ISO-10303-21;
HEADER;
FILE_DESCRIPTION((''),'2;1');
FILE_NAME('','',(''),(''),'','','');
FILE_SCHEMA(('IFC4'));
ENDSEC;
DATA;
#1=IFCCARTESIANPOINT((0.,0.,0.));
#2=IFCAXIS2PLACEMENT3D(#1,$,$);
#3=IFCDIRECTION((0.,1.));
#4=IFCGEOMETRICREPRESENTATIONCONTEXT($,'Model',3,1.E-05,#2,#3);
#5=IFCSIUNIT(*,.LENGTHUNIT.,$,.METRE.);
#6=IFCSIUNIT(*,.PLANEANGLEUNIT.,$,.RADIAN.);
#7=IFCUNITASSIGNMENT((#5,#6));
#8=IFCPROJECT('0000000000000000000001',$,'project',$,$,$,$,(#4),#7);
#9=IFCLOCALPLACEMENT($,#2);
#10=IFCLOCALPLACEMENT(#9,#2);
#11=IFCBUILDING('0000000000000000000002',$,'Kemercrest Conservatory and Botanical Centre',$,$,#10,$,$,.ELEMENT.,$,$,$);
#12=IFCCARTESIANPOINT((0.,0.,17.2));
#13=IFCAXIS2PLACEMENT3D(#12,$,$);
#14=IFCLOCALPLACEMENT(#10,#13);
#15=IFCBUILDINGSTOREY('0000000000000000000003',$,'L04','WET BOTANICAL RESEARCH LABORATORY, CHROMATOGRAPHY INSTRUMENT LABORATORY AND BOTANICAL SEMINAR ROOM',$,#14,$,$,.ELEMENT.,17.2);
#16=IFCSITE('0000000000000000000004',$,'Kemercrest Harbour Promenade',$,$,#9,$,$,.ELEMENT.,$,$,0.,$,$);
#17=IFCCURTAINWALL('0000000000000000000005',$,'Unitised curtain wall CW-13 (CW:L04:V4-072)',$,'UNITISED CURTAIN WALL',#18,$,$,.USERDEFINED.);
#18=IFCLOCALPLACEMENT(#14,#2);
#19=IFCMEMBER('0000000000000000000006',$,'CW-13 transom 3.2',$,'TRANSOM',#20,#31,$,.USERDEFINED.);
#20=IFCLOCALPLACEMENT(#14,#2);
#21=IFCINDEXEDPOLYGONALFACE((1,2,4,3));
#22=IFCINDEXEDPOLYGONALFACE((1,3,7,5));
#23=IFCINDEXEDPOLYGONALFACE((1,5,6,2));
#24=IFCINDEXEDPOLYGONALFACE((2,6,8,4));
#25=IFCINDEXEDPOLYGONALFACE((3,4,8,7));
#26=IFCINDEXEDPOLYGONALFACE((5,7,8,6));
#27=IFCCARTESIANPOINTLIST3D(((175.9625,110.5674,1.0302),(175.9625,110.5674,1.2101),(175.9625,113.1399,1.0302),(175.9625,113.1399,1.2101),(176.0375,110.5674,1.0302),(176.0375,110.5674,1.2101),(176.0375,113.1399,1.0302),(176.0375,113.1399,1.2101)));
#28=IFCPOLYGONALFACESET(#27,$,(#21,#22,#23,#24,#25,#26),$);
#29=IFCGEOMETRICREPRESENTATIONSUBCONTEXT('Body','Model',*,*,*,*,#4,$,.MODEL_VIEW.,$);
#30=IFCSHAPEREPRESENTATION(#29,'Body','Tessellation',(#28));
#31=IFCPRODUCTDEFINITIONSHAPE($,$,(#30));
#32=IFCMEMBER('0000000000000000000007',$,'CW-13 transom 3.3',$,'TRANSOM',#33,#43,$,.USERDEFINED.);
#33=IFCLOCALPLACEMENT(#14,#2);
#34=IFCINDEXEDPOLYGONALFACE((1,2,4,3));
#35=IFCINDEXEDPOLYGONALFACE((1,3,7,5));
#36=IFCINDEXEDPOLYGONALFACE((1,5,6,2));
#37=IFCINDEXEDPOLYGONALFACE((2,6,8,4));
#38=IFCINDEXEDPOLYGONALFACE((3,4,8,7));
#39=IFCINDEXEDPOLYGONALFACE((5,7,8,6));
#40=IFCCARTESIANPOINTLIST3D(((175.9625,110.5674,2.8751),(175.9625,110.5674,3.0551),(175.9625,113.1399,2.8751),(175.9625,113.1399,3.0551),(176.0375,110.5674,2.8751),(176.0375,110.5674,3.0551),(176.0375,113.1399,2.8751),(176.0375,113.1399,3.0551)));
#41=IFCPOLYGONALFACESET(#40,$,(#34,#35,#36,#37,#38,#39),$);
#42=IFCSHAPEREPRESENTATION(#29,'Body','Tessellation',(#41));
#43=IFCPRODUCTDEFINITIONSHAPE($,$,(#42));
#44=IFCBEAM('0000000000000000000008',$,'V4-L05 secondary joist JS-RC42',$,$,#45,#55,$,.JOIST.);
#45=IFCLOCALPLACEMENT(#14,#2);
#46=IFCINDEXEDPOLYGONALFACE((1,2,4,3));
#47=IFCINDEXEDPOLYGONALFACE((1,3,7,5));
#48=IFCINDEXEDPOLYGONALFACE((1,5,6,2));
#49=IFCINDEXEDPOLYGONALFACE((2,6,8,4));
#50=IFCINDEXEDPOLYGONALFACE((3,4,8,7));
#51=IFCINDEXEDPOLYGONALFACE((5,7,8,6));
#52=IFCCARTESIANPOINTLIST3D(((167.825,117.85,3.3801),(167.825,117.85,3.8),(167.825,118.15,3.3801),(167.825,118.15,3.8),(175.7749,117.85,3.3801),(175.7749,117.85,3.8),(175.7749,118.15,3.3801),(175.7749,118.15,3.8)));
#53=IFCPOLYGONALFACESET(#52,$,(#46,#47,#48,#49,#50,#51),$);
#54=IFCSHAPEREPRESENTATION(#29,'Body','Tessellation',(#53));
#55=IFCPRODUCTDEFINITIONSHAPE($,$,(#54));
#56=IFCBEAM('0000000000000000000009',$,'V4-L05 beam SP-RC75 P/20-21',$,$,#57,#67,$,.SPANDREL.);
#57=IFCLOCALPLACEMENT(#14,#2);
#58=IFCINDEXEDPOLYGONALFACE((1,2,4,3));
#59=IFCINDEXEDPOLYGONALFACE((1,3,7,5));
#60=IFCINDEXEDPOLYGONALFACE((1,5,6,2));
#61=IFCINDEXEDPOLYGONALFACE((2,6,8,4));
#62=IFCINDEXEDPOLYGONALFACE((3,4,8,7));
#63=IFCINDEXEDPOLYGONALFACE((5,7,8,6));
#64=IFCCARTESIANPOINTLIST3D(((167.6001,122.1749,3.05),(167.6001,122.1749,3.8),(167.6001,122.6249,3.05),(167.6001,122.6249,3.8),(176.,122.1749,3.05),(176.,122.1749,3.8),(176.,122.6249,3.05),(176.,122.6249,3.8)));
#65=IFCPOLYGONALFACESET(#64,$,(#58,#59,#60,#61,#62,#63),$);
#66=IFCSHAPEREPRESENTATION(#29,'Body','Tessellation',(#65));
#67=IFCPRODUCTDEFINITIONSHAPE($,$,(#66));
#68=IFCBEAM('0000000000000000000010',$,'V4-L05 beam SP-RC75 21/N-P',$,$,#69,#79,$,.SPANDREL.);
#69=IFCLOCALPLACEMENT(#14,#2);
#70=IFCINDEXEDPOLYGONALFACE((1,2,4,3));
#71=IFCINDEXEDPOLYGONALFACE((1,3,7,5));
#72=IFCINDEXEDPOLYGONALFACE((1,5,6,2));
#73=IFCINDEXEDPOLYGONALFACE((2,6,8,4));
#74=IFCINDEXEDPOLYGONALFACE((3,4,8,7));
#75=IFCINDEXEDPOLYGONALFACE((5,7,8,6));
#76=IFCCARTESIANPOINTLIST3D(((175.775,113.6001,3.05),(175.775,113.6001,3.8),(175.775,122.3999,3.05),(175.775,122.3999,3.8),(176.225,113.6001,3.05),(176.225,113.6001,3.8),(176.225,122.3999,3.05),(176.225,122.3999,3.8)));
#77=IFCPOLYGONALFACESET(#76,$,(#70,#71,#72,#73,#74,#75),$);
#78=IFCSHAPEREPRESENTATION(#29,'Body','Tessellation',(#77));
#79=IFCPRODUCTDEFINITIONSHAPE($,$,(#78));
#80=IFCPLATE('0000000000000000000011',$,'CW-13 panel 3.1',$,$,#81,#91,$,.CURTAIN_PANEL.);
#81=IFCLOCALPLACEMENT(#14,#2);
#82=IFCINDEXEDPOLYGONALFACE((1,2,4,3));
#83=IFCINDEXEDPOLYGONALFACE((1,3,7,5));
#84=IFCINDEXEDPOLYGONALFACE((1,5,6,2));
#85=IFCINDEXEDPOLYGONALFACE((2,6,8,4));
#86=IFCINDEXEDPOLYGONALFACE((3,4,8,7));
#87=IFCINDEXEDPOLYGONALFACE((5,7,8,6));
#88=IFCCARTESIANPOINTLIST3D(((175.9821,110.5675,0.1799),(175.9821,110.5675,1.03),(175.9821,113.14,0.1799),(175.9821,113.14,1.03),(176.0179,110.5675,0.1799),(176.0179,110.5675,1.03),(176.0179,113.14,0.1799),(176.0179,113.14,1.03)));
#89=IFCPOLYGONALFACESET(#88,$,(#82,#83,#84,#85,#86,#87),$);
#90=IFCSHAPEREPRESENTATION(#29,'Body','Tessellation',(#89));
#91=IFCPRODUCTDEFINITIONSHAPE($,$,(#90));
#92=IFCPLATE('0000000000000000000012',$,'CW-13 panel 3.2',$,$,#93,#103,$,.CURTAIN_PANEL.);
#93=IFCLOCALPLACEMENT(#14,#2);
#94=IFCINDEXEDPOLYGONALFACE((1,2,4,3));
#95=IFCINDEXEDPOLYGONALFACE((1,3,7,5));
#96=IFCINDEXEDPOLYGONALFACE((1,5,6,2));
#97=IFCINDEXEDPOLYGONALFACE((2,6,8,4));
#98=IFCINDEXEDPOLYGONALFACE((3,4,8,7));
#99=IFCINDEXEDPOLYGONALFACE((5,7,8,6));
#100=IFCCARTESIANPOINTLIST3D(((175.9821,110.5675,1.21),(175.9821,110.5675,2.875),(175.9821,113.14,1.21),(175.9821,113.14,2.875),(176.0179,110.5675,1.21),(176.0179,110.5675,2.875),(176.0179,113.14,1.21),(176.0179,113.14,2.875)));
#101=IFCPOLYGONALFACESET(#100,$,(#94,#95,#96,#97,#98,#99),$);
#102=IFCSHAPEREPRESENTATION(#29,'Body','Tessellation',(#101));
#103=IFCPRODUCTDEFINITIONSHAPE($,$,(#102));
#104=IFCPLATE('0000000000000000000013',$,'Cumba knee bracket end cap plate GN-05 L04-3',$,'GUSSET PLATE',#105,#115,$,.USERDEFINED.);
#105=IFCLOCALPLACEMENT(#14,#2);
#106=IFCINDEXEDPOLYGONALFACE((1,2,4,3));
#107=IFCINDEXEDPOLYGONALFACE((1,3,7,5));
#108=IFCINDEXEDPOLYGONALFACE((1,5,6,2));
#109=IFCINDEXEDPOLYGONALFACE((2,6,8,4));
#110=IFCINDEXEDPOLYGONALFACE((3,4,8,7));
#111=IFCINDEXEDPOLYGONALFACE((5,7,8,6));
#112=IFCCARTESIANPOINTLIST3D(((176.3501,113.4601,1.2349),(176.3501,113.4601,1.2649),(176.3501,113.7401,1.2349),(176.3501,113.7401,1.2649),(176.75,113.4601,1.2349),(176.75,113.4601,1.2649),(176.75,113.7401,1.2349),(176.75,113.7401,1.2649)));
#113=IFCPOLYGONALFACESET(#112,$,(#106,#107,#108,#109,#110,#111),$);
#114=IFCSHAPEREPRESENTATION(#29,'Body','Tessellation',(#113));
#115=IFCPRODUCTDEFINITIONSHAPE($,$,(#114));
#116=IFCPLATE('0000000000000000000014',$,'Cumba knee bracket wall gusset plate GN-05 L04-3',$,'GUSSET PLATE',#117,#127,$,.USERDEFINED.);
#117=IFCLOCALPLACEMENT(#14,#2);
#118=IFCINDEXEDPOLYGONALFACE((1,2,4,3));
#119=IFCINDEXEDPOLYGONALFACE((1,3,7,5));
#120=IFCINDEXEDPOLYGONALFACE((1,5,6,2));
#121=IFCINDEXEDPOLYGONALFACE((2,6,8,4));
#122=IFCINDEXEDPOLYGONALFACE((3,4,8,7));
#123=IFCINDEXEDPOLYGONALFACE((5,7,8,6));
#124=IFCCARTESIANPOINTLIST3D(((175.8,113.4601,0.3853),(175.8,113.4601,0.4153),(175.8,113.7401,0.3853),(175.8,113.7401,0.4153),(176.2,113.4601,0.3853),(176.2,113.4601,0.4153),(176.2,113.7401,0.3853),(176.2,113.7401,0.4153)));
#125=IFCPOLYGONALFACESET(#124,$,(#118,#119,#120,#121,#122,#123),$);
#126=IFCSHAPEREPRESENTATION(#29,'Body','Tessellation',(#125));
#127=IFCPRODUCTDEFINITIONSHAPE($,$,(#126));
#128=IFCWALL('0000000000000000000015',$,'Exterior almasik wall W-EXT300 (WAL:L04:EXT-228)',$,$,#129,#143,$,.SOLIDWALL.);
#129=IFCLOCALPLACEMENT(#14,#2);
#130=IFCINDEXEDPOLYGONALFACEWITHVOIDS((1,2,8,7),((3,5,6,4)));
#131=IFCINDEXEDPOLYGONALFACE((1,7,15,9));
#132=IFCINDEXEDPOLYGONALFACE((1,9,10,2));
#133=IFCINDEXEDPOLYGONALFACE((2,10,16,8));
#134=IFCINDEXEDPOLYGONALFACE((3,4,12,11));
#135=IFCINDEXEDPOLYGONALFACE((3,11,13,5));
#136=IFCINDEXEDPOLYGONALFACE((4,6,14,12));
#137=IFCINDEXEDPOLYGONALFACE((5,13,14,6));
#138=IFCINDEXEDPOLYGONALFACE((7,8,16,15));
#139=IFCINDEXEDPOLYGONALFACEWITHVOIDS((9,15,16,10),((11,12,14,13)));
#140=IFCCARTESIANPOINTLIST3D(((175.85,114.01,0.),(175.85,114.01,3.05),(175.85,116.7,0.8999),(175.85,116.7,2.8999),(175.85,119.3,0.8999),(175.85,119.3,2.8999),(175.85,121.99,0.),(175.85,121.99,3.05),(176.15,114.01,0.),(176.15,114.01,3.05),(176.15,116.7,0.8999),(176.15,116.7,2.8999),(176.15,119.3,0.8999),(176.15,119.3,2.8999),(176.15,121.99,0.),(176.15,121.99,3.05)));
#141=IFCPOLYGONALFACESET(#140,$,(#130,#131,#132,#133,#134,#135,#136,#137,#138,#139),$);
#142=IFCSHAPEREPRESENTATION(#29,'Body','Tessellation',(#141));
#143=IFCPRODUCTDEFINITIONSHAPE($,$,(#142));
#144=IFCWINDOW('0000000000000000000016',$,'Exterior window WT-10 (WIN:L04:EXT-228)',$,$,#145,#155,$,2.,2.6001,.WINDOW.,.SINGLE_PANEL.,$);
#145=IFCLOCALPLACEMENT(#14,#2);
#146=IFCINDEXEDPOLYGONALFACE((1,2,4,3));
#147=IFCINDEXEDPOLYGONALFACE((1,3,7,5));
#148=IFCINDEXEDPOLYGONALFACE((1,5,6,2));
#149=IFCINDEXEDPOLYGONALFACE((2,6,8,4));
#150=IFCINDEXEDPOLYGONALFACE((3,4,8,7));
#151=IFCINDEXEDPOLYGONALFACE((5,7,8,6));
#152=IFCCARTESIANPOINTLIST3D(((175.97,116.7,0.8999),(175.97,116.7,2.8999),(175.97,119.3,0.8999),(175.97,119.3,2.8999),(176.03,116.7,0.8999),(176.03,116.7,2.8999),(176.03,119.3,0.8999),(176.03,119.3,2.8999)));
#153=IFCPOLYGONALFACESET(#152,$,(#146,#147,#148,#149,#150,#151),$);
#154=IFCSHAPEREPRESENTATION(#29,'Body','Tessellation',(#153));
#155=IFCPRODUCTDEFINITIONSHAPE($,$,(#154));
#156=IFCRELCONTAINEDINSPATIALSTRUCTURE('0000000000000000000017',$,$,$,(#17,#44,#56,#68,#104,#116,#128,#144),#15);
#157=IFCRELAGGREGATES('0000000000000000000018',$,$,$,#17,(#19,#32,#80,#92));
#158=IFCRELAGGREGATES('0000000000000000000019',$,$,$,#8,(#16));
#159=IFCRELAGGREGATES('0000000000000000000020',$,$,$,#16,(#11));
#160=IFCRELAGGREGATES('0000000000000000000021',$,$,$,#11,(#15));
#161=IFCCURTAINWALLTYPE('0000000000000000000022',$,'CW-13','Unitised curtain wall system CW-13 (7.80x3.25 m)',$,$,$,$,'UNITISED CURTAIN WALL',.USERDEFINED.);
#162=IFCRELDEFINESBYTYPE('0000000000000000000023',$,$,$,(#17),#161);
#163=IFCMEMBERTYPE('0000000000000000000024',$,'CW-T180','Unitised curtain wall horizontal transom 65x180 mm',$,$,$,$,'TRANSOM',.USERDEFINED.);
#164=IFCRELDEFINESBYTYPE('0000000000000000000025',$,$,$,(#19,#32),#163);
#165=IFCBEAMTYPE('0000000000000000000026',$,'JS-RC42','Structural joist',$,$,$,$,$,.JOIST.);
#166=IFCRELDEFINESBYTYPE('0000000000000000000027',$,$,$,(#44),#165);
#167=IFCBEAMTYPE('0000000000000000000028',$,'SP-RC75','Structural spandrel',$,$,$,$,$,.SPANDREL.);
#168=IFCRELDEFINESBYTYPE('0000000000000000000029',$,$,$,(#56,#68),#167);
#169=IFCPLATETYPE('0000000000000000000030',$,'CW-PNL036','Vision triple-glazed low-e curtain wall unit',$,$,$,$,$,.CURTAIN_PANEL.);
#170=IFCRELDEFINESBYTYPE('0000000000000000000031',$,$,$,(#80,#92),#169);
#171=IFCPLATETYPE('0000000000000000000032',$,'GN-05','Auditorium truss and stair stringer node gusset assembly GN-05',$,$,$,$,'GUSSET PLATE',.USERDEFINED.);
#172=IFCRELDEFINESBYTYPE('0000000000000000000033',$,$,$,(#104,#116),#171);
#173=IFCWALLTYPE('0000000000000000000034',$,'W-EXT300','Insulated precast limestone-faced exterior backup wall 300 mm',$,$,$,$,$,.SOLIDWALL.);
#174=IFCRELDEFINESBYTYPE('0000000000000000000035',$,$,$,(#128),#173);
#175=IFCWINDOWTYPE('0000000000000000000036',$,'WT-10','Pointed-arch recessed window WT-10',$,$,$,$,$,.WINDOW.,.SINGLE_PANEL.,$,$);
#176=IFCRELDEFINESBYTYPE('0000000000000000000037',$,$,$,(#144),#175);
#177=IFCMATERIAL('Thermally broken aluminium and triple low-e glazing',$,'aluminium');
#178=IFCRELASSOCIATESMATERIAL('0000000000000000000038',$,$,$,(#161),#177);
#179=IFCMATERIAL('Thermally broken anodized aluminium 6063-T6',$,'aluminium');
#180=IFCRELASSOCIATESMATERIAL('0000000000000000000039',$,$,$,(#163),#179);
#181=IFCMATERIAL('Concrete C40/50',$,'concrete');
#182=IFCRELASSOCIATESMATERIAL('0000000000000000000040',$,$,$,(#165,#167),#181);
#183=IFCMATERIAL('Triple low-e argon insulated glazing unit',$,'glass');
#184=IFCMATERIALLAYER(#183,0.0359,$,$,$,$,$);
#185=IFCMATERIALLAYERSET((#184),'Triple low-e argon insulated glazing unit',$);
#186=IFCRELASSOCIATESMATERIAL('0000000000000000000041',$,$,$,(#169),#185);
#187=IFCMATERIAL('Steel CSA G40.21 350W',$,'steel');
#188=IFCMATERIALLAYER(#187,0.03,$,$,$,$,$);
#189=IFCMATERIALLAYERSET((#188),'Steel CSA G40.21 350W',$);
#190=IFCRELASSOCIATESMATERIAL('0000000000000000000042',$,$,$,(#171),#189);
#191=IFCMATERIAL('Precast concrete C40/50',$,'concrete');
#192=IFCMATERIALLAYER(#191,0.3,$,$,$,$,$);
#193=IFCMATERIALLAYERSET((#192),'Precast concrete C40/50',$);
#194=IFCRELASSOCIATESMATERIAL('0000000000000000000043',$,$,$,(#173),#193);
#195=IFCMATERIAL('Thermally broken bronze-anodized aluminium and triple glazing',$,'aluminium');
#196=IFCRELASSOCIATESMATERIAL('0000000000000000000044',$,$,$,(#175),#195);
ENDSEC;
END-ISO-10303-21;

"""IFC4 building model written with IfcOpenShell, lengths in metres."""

from ifc_helpers import new_model, si_unit, direction, frame, frame_2d, origin, origin_2d, place, context, subcontext, project, spatial, rectangle, extrude, material, layer, layer_set, material_profile, profile_set, type_object, element, fill, aggregate, save


model = new_model("IFC4")

# Units and contexts
model_context = context("Model", 3, precision=1e-05, world=origin(), true_north=direction((0.0, 1.0)))
body_context = subcontext(model_context, "Body", "Model", "MODEL_VIEW")
ifc_project = project(units=[si_unit("LENGTHUNIT", "METRE"), si_unit("PLANEANGLEUNIT", "RADIAN")], contexts=[model_context])

# Site, building, storey
site_placement = place(None, origin())
site = spatial("IfcSite", under=ifc_project, at=site_placement, Name="Kemercrest Harbour Promenade", CompositionType="ELEMENT", RefElevation=0.0)
building_placement = place(site_placement, origin())
building = spatial("IfcBuilding", under=site, at=building_placement, Name="Kemercrest Conservatory and Botanical Centre", CompositionType="ELEMENT")
storey_placement = place(building_placement, frame((0.0, 0.0, 17.2)))
storey = spatial("IfcBuildingStorey", under=building, at=storey_placement, Name="L04", Description="WET BOTANICAL RESEARCH LABORATORY, CHROMATOGRAPHY INSTRUMENT LABORATORY AND BOTANICAL SEMINAR ROOM", CompositionType="ELEMENT", Elevation=17.2)

# Shared definitions
ifc_material_1 = material(Name="Concrete C40/50", Category="concrete")

# Shared definitions
ifc_material_2 = material(Name="Steel CSA G40.21 350W", Category="steel")

# Curtain wall, members
ifc_material_3 = material(Name="Thermally broken aluminium and triple low-e glazing", Category="aluminium")
curtain_wall_type = type_object("IfcCurtainWallType", Name="CW-13", Description="Unitised curtain wall system CW-13 (7.80x3.25 m)", ElementType="UNITISED CURTAIN WALL", PredefinedType="USERDEFINED", material=ifc_material_3)
curtain_wall_placement = place(storey_placement, origin())
curtain_wall = element("IfcCurtainWall", 1, at=curtain_wall_placement, inside=storey, type_object=curtain_wall_type, Name="Unitised curtain wall CW-13 (CW:L04:V4-072)", ObjectType="UNITISED CURTAIN WALL", PredefinedType="USERDEFINED")
ifc_material_4 = material(Name="Thermally broken anodized aluminium 6063-T6", Category="aluminium")
ifc_material_profile_1 = material_profile(ifc_material_4, rectangle(XDim=0.075, YDim=0.1799, at=origin_2d()), Name="AL TRANSOM 75x180")
ifc_profile_set_1 = profile_set([ifc_material_profile_1], Name="Thermally broken anodized aluminium 6063-T6")
member_type_1 = type_object("IfcMemberType", Name="CW-T180", Description="Unitised curtain wall horizontal transom 65x180 mm", ElementType="TRANSOM", PredefinedType="USERDEFINED", material=ifc_profile_set_1)
member_1_placement = place(storey_placement, frame((176.0, 110.5674, 1.1201), z_axis=(0.0, 1.0, 0.0), x_axis=(-1.0, 0.0, 0.0)))
member_1 = element("IfcMember", 2, at=member_1_placement, type_object=member_type_1, Name="CW-13 transom 3.2", ObjectType="TRANSOM", PredefinedType="USERDEFINED", context=body_context, shape_type="SweptSolid", body=[
    extrude(rectangle(XDim=0.075, YDim=0.1799, at=origin_2d()), origin(), (0.0, 0.0, 1.0), 2.5725),
])
member_2_placement = place(storey_placement, frame((176.0, 110.5674, 2.9651), z_axis=(0.0, 1.0, 0.0), x_axis=(-1.0, 0.0, 0.0)))
member_2 = element("IfcMember", 3, at=member_2_placement, type_object=member_type_1, Name="CW-13 transom 3.3", ObjectType="TRANSOM", PredefinedType="USERDEFINED", context=body_context, shape_type="SweptSolid", body=[
    extrude(rectangle(XDim=0.075, YDim=0.1799, at=origin_2d()), origin(), (0.0, 0.0, 1.0), 2.5725),
])

# Beams
ifc_material_profile_2 = material_profile(ifc_material_1, rectangle(XDim=0.3, YDim=0.4199, at=origin_2d()), Name="RC 300x420")
ifc_profile_set_2 = profile_set([ifc_material_profile_2], Name="Concrete C40/50")
beam_type_1 = type_object("IfcBeamType", Name="JS-RC42", Description="Structural joist", PredefinedType="JOIST", material=ifc_profile_set_2)
beam_1_placement = place(storey_placement, frame((167.825, 118.0, 3.5901), z_axis=(1.0, 0.0, 0.0), x_axis=(0.0, 1.0, 0.0)))
element("IfcBeam", 4, at=beam_1_placement, inside=storey, type_object=beam_type_1, Name="V4-L05 secondary joist JS-RC42", PredefinedType="JOIST", context=body_context, shape_type="SweptSolid", body=[
    extrude(rectangle(XDim=0.3, YDim=0.4199, at=origin_2d()), origin(), (0.0, 0.0, 1.0), 7.95),
])
ifc_material_profile_3 = material_profile(ifc_material_1, rectangle(XDim=0.45, YDim=0.75, at=origin_2d()), Name="RC 450x750")
ifc_profile_set_3 = profile_set([ifc_material_profile_3], Name="Concrete C40/50")
beam_type_2 = type_object("IfcBeamType", Name="SP-RC75", Description="Structural spandrel", PredefinedType="SPANDREL", material=ifc_profile_set_3)
beam_2_placement = place(storey_placement, frame((167.6001, 122.3999, 3.425), z_axis=(1.0, 0.0, 0.0), x_axis=(0.0, 1.0, 0.0)))
element("IfcBeam", 5, at=beam_2_placement, inside=storey, type_object=beam_type_2, Name="V4-L05 beam SP-RC75 P/20-21", PredefinedType="SPANDREL", context=body_context, shape_type="SweptSolid", body=[
    extrude(rectangle(XDim=0.45, YDim=0.75, at=origin_2d()), origin(), (0.0, 0.0, 1.0), 8.3999),
])
beam_3_placement = place(storey_placement, frame((176.0, 113.6001, 3.425), z_axis=(0.0, 1.0, 0.0), x_axis=(-1.0, 0.0, 0.0)))
element("IfcBeam", 6, at=beam_3_placement, inside=storey, type_object=beam_type_2, Name="V4-L05 beam SP-RC75 21/N-P", PredefinedType="SPANDREL", context=body_context, shape_type="SweptSolid", body=[
    extrude(rectangle(XDim=0.45, YDim=0.75, at=origin_2d()), origin(), (0.0, 0.0, 1.0), 8.7998),
])

# Plates
ifc_material_5 = material(Name="Triple low-e argon insulated glazing unit", Category="glass")
ifc_layer_1 = layer(ifc_material_5, 0.0359)
ifc_layer_set_1 = layer_set([ifc_layer_1], Name="Triple low-e argon insulated glazing unit")
plate_type_1 = type_object("IfcPlateType", Name="CW-PNL036", Description="Vision triple-glazed low-e curtain wall unit", PredefinedType="CURTAIN_PANEL", material=ifc_layer_set_1)
plate_1_placement = place(storey_placement, frame((176.0, 111.8538, 0.1799), z_axis=(0.0, 0.0, 1.0), x_axis=(0.0, 1.0, 0.0)))
plate_1 = element("IfcPlate", 7, at=plate_1_placement, type_object=plate_type_1, Name="CW-13 panel 3.1", PredefinedType="CURTAIN_PANEL", context=body_context, shape_type="SweptSolid", body=[
    extrude(rectangle(XDim=2.5725, YDim=0.0359, at=origin_2d()), origin(), (0.0, 0.0, 1.0), 0.8501),
])
plate_2_placement = place(storey_placement, frame((176.0, 111.8538, 1.21), z_axis=(0.0, 0.0, 1.0), x_axis=(0.0, 1.0, 0.0)))
plate_2 = element("IfcPlate", 8, at=plate_2_placement, type_object=plate_type_1, Name="CW-13 panel 3.2", PredefinedType="CURTAIN_PANEL", context=body_context, shape_type="SweptSolid", body=[
    extrude(rectangle(XDim=2.5725, YDim=0.0359, at=origin_2d()), origin(), (0.0, 0.0, 1.0), 1.665),
])
aggregate(curtain_wall, [member_1, member_2, plate_1, plate_2])

# Plates
ifc_layer_2 = layer(ifc_material_2, 0.03)
ifc_layer_set_2 = layer_set([ifc_layer_2], Name="Steel CSA G40.21 350W")
plate_type_2 = type_object("IfcPlateType", Name="GN-05", Description="Auditorium truss and stair stringer node gusset assembly GN-05", ElementType="GUSSET PLATE", PredefinedType="USERDEFINED", material=ifc_layer_set_2)
for number, where, z_axis, x_axis, name in (
    (9, (176.55, 113.6001, 1.2349), (0.0, 0.0, 1.0), (1.0, 0.0, 0.0), "Cumba knee bracket end cap plate GN-05 L04-3"),
    (10, (176.0, 113.6001, 0.3853), (0.0, 0.0, 1.0), (1.0, 0.0, 0.0), "Cumba knee bracket wall gusset plate GN-05 L04-3"),
):
    element("IfcPlate", number, at=place(storey_placement, frame(where, z_axis=z_axis, x_axis=x_axis)), inside=storey, type_object=plate_type_2, Name=name, ObjectType="GUSSET PLATE", PredefinedType="USERDEFINED", context=body_context, shape_type="SweptSolid", body=[
        extrude(rectangle(XDim=0.3999, YDim=0.28, at=origin_2d()), origin(), (0.0, 0.0, 1.0), 0.03),
    ])

# Wall, opening, window
ifc_material_6 = material(Name="Precast concrete C40/50", Category="concrete")
ifc_layer_3 = layer(ifc_material_6, 0.3)
ifc_layer_set_3 = layer_set([ifc_layer_3], Name="Precast concrete C40/50")
wall_type_1 = type_object("IfcWallType", Name="W-EXT300", Description="Insulated precast limestone-faced exterior backup wall 300 mm", PredefinedType="SOLIDWALL", material=ifc_layer_set_3)
wall_1_placement = place(storey_placement, frame((176.0, 114.01, 0.0), z_axis=(0.0, 0.0, 1.0), x_axis=(0.0, 1.0, 0.0)))
wall_1 = element("IfcWall", 11, at=wall_1_placement, inside=storey, type_object=wall_type_1, Name="Exterior almasik wall W-EXT300 (WAL:L04:EXT-228)", PredefinedType="SOLIDWALL", context=body_context, shape_type="SweptSolid", body=[
    extrude(rectangle(XDim=7.98, YDim=0.3, at=frame_2d((3.99, 0.0))), origin(), (0.0, 0.0, 1.0), 3.05),
])
opening_1_placement = place(wall_1_placement, frame((2.6899, 0.0, 0.8999)))
opening_1 = element("IfcOpeningElement", 12, at=opening_1_placement, cuts=wall_1, PredefinedType="OPENING", context=body_context, shape_type="SweptSolid", body=[
    extrude(rectangle(XDim=2.6001, YDim=2.0, at=frame_2d((1.3, 1.0))), frame((0.0, 0.1602, 0.0), z_axis=(0.0, -1.0, 0.0), x_axis=(1.0, 0.0, 0.0)), (0.0, 0.0, 1.0), 0.3201),
])
ifc_material_7 = material(Name="Thermally broken bronze-anodized aluminium and triple glazing", Category="aluminium")
window_type = type_object("IfcWindowType", Name="WT-10", Description="Pointed-arch recessed window WT-10", PartitioningType="SINGLE_PANEL", PredefinedType="WINDOW", material=ifc_material_7)
window_1_placement = place(opening_1_placement, origin())
window_1 = element("IfcWindow", 13, at=window_1_placement, inside=storey, type_object=window_type, Name="Exterior window WT-10 (WIN:L04:EXT-228)", OverallHeight=2.0, OverallWidth=2.6001, PartitioningType="SINGLE_PANEL", PredefinedType="WINDOW", context=body_context, shape_type="SweptSolid", body=[
    extrude(rectangle(XDim=2.6001, YDim=2.0, at=frame_2d((1.3, 1.0))), frame((0.0, 0.03, 0.0), z_axis=(0.0, -1.0, 0.0), x_axis=(1.0, 0.0, 0.0)), (0.0, 0.0, 1.0), 0.0601),
])
fill(opening_1, window_1)

save(model, "model.ifc")
